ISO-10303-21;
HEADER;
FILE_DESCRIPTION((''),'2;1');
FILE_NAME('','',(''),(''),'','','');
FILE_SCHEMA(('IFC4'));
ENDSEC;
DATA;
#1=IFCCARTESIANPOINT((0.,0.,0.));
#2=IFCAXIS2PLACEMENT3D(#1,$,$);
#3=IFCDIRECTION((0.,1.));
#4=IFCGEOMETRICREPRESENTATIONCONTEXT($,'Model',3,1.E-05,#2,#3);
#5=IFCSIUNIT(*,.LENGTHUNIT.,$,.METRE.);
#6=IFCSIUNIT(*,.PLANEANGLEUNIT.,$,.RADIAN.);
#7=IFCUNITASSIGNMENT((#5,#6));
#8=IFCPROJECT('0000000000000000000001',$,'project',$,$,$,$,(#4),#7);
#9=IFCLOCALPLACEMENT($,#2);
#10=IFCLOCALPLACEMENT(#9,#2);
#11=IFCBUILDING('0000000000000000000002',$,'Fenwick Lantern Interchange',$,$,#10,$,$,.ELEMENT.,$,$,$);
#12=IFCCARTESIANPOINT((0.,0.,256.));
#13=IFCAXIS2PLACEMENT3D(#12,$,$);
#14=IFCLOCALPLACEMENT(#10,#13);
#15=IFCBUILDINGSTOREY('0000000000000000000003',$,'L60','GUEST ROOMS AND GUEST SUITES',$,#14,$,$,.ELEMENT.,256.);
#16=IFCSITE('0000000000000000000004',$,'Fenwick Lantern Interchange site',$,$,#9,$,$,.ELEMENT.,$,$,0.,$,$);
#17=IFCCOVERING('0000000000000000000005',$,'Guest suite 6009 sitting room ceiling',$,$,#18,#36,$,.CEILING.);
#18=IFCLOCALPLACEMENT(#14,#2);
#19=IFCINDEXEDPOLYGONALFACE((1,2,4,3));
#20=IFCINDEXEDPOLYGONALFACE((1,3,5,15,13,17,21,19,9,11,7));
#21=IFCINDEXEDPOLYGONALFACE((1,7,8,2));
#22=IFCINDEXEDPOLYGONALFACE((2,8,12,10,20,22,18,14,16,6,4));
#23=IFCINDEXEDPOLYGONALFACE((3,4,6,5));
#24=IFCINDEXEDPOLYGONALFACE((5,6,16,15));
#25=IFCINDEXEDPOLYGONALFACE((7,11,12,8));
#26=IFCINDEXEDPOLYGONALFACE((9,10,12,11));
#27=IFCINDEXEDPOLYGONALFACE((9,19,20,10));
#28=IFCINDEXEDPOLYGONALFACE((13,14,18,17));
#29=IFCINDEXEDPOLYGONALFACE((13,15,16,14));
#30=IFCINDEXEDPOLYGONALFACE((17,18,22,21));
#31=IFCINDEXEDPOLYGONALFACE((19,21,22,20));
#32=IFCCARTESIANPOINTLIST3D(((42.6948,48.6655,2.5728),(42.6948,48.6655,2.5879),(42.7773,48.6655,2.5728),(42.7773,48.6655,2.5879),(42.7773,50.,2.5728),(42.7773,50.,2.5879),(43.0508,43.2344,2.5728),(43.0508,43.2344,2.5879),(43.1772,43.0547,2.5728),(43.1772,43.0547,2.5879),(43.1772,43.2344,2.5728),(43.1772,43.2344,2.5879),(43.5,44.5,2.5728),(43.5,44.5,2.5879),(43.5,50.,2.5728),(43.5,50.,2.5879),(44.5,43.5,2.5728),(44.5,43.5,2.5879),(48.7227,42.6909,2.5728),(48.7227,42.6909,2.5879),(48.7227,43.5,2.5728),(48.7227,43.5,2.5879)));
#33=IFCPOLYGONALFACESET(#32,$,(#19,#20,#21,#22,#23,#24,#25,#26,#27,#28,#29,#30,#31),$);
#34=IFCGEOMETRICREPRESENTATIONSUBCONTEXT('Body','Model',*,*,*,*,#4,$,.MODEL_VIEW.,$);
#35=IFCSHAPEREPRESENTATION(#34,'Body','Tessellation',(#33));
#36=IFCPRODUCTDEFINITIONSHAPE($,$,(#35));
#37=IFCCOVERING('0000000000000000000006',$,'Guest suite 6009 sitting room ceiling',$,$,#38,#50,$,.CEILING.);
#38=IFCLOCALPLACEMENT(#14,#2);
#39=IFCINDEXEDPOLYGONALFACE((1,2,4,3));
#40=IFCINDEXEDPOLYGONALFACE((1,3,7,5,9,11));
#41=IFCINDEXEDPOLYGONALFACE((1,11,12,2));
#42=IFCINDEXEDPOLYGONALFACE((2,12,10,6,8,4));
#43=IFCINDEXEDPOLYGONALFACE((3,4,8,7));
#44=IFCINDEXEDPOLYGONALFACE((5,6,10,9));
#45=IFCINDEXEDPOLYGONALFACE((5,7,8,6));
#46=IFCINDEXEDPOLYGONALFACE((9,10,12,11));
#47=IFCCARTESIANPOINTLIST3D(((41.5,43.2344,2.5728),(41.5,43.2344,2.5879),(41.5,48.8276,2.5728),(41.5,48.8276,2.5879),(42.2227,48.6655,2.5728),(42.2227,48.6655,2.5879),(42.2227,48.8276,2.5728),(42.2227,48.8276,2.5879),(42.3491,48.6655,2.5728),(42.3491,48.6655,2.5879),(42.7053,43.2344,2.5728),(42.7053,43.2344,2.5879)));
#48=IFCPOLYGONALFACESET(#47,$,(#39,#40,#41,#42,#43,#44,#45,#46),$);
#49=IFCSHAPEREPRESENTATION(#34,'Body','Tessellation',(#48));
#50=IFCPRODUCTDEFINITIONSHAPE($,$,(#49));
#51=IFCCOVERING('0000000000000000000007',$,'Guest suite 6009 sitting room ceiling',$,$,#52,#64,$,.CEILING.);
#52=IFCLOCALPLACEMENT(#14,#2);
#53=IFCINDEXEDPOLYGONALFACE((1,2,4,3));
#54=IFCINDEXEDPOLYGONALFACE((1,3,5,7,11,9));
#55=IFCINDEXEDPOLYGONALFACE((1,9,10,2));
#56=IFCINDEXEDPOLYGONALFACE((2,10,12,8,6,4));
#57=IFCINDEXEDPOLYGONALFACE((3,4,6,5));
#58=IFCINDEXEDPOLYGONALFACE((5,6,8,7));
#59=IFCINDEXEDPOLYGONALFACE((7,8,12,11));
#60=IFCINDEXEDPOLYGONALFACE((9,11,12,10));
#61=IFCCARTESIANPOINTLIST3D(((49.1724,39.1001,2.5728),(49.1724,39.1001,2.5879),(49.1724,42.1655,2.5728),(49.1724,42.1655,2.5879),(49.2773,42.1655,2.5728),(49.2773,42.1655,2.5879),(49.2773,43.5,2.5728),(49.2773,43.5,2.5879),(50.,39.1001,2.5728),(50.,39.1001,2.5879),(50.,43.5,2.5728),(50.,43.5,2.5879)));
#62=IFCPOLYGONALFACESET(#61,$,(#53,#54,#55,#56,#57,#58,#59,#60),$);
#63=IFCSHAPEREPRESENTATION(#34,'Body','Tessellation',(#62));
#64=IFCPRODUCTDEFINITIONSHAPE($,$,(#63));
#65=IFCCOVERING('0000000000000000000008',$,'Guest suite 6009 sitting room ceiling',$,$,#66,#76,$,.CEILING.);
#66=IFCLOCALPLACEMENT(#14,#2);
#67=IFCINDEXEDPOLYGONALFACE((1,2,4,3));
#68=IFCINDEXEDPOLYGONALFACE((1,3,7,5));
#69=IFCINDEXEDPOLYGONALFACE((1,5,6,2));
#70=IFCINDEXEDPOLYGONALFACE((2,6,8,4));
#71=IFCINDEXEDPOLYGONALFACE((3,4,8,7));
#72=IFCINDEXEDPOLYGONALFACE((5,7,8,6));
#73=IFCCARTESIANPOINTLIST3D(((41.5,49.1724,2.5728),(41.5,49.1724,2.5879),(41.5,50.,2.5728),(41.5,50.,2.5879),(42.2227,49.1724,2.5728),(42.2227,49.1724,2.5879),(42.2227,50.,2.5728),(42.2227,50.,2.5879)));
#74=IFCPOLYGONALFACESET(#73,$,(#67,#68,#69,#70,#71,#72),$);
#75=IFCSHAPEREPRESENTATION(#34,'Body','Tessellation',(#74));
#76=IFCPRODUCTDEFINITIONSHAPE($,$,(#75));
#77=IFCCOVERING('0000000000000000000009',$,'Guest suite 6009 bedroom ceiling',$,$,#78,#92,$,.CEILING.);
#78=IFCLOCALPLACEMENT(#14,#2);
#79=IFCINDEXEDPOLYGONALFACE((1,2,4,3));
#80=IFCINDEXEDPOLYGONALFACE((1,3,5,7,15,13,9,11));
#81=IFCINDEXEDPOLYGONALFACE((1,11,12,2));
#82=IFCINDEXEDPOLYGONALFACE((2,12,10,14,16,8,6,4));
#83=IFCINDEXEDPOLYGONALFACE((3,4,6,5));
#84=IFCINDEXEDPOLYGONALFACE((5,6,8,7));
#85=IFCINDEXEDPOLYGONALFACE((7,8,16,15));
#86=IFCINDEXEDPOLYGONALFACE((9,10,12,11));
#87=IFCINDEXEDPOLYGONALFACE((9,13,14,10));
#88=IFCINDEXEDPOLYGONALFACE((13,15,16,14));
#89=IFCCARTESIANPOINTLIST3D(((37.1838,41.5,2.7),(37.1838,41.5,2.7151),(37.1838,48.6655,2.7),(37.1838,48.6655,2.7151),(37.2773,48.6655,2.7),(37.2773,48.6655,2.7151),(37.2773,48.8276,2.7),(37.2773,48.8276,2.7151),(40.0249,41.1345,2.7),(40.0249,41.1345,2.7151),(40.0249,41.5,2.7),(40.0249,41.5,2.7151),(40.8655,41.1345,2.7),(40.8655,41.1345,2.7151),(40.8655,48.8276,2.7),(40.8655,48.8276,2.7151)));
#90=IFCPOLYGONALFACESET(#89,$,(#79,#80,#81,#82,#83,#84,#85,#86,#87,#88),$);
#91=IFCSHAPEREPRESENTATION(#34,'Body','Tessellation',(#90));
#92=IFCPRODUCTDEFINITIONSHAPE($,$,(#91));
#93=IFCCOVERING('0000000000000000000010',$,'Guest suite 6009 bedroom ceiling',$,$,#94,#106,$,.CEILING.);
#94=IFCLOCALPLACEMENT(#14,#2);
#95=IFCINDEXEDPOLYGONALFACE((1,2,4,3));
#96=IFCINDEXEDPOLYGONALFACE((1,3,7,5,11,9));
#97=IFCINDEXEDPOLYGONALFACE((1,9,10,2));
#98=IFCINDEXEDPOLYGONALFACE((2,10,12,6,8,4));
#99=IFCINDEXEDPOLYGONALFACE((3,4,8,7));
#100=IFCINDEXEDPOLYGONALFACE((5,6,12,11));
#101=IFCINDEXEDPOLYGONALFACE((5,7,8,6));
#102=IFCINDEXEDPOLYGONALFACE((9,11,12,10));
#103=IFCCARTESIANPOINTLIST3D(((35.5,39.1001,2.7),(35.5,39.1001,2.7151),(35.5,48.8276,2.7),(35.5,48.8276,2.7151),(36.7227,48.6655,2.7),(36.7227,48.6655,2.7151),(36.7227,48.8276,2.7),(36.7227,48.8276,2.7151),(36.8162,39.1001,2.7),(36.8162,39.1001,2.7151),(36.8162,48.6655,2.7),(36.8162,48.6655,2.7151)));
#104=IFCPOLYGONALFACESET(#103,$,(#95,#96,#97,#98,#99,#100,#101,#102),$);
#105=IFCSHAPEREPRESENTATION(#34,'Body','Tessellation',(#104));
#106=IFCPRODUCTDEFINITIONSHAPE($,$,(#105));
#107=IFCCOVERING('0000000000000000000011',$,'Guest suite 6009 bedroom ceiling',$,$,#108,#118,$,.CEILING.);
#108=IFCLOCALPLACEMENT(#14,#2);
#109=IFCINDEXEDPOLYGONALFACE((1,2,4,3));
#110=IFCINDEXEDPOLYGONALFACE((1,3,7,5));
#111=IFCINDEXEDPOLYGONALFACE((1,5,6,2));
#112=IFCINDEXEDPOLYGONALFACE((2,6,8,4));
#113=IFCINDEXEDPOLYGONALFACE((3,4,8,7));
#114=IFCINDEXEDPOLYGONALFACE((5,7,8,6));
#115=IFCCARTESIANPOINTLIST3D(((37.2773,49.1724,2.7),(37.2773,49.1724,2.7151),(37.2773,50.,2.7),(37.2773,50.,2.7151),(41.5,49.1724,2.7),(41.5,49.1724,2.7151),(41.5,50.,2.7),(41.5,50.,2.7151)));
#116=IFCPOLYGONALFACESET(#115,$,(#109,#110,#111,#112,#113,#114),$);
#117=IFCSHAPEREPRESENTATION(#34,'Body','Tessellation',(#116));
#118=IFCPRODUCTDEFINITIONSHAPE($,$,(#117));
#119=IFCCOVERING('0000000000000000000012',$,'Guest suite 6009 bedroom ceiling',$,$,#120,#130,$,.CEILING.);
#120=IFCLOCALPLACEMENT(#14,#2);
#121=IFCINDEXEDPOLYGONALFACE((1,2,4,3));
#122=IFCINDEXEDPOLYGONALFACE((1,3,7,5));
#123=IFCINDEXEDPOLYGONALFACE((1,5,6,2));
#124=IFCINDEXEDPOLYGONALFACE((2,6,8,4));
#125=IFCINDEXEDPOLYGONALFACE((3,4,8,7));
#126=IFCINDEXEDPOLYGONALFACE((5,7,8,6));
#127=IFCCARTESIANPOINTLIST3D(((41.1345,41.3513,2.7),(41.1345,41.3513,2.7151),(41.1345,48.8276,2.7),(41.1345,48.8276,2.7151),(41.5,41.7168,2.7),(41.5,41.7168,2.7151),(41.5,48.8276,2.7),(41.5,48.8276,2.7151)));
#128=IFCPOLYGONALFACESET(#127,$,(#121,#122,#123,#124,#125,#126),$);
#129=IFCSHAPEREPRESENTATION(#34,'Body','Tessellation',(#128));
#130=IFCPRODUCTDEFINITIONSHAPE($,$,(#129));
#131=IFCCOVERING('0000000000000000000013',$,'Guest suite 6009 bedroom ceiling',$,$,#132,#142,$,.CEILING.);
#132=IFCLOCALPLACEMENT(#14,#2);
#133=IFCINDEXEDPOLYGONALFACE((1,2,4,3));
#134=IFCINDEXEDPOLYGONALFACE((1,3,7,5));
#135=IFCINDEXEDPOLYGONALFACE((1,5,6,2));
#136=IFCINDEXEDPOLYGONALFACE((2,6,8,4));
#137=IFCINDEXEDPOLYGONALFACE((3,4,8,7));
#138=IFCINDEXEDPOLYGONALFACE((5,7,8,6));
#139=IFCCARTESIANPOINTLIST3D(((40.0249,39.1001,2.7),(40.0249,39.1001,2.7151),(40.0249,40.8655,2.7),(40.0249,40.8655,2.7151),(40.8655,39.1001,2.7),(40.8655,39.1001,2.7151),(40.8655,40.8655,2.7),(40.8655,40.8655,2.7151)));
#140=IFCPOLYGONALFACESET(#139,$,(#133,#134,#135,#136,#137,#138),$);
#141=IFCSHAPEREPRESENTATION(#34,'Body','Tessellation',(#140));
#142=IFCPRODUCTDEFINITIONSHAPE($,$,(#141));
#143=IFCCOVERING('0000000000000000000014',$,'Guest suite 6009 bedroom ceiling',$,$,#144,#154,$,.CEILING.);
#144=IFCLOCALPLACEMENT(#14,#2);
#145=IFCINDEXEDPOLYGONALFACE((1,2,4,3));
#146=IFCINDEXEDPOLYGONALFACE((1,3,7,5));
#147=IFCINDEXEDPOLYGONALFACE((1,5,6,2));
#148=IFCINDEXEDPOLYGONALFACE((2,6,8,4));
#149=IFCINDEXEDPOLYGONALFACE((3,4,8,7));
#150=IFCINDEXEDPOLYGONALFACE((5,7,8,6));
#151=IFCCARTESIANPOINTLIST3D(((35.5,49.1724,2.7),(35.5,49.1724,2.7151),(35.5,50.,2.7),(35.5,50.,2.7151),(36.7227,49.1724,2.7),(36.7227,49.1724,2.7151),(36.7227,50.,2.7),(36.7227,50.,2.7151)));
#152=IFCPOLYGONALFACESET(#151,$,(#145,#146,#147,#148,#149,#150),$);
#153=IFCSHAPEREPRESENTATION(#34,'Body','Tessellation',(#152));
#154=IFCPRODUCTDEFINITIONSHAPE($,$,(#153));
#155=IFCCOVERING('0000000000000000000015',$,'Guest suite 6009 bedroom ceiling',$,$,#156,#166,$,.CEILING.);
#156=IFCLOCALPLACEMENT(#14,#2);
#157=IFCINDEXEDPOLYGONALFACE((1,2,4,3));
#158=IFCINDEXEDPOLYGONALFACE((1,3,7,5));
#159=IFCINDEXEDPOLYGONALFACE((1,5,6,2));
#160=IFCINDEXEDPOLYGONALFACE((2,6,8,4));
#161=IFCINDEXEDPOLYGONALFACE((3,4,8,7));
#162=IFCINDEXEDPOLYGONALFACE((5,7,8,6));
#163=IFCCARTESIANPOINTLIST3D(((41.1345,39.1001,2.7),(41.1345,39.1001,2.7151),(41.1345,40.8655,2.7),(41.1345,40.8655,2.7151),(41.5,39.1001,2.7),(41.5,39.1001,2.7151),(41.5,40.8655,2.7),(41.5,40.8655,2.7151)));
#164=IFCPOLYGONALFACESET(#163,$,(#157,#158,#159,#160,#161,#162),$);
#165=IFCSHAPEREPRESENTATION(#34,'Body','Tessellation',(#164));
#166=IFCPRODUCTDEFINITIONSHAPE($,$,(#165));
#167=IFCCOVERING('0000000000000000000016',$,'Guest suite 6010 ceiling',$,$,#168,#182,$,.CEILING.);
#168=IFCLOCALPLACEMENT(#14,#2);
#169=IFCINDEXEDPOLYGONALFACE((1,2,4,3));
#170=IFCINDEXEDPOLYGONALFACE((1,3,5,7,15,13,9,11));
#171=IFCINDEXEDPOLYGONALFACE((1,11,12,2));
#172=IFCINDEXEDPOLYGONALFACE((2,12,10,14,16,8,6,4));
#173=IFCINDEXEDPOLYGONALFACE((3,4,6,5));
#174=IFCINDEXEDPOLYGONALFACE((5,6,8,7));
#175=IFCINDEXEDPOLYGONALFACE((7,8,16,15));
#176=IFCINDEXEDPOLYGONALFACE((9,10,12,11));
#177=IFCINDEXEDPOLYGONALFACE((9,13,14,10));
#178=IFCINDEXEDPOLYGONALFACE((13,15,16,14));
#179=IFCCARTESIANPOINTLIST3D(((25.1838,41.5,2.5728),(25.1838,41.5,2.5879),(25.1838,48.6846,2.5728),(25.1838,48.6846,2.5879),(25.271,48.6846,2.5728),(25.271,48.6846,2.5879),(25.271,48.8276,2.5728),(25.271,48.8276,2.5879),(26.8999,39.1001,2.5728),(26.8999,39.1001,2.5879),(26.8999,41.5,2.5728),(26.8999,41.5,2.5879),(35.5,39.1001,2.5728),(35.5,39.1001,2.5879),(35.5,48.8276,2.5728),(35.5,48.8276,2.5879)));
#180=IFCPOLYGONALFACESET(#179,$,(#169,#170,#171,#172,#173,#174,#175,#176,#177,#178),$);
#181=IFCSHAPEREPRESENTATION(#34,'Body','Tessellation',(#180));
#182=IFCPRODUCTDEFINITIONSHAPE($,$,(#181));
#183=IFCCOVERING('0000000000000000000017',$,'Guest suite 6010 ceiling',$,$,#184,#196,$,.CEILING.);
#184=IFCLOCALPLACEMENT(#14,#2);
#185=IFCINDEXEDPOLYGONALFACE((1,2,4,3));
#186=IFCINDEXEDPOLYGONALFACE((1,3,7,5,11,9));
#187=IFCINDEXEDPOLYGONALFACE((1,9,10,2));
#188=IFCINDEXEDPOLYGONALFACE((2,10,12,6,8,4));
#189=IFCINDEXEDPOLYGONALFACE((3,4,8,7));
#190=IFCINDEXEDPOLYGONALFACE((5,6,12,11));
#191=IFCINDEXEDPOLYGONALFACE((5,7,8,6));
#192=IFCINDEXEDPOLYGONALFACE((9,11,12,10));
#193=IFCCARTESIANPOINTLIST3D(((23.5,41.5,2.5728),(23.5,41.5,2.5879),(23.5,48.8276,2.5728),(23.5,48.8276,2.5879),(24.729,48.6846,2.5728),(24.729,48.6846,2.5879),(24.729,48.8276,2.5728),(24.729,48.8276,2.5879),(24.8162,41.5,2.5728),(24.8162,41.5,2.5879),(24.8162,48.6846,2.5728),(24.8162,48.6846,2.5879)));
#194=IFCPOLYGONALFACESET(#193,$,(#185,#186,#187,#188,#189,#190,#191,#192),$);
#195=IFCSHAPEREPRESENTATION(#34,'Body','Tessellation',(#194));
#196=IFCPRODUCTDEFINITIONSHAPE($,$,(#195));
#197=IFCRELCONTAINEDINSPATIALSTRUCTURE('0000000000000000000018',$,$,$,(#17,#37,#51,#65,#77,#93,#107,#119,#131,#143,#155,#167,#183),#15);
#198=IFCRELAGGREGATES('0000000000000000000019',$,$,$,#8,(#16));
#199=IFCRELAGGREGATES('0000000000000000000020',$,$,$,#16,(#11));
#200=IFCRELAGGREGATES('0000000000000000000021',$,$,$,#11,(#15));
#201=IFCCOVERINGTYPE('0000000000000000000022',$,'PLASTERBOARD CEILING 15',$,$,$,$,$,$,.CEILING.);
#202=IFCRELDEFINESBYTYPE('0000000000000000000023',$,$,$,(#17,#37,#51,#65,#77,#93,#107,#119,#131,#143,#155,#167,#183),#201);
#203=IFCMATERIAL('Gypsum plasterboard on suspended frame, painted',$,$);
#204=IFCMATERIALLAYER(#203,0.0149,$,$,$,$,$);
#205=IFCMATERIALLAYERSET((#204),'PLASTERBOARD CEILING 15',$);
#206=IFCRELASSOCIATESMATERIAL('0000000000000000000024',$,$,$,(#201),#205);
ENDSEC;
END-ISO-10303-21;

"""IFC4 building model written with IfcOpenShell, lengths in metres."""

from ifc_helpers import new_model, si_unit, direction, frame, origin, place, context, subcontext, project, spatial, polyline, outline, extrude, material, layer, layer_set, type_object, element, save


model = new_model("IFC4")

# Units and contexts
model_context = context("Model", 3, precision=1e-05, world=origin(), true_north=direction((0.0, 1.0)))
body_context = subcontext(model_context, "Body", "Model", "MODEL_VIEW")
ifc_project = project(units=[si_unit("LENGTHUNIT", "METRE"), si_unit("PLANEANGLEUNIT", "RADIAN")], contexts=[model_context])

# Site, building, storey
site_placement = place(None, origin())
site = spatial("IfcSite", under=ifc_project, at=site_placement, Name="Fenwick Lantern Interchange site", CompositionType="ELEMENT", RefElevation=0.0)
building_placement = place(site_placement, origin())
building = spatial("IfcBuilding", under=site, at=building_placement, Name="Fenwick Lantern Interchange", CompositionType="ELEMENT")
storey_placement = place(building_placement, frame((0.0, 0.0, 256.0)))
storey = spatial("IfcBuildingStorey", under=building, at=storey_placement, Name="L60", Description="GUEST ROOMS AND GUEST SUITES", CompositionType="ELEMENT", Elevation=256.0)

# Coverings
ifc_material_1 = material(Name="Gypsum plasterboard on suspended frame, painted")
ifc_layer_1 = layer(ifc_material_1, 0.0149)
ifc_layer_set_1 = layer_set([ifc_layer_1], Name="PLASTERBOARD CEILING 15")
covering_type_1 = type_object("IfcCoveringType", Name="PLASTERBOARD CEILING 15", PredefinedType="CEILING", material=ifc_layer_set_1)
covering_1_placement = place(storey_placement, frame((0.0, 0.0, 2.5728)))
element("IfcCovering", 1, at=covering_1_placement, inside=storey, type_object=covering_type_1, Name="Guest suite 6009 sitting room ceiling", PredefinedType="CEILING", context=body_context, shape_type="SweptSolid", body=[
    extrude(outline(polyline([(43.1772, 43.2344), (43.1772, 43.0547), (48.7227, 42.6909), (48.7227, 43.5), (44.5, 43.5), (43.5, 44.5), (43.5, 50.0), (42.7773, 50.0), (42.7773, 48.6655), (42.6948, 48.6655), (43.0508, 43.2344), (43.1772, 43.2344)])), origin(), (0.0, 0.0, 1.0), 0.0151),
])
covering_2_placement = place(storey_placement, frame((0.0, 0.0, 2.5728)))
element("IfcCovering", 2, at=covering_2_placement, inside=storey, type_object=covering_type_1, Name="Guest suite 6009 sitting room ceiling", PredefinedType="CEILING", context=body_context, shape_type="SweptSolid", body=[
    extrude(outline(polyline([(41.5, 43.2344), (42.7053, 43.2344), (42.3491, 48.6655), (42.2227, 48.6655), (42.2227, 48.8276), (41.5, 48.8276), (41.5, 43.2344)])), origin(), (0.0, 0.0, 1.0), 0.0151),
])
covering_3_placement = place(storey_placement, frame((0.0, 0.0, 2.5728)))
element("IfcCovering", 3, at=covering_3_placement, inside=storey, type_object=covering_type_1, Name="Guest suite 6009 sitting room ceiling", PredefinedType="CEILING", context=body_context, shape_type="SweptSolid", body=[
    extrude(outline(polyline([(49.2773, 42.1655), (49.1724, 42.1655), (49.1724, 39.1001), (50.0, 39.1001), (50.0, 43.5), (49.2773, 43.5), (49.2773, 42.1655)])), origin(), (0.0, 0.0, 1.0), 0.0151),
])
covering_4_placement = place(storey_placement, frame((0.0, 0.0, 2.5728)))
element("IfcCovering", 4, at=covering_4_placement, inside=storey, type_object=covering_type_1, Name="Guest suite 6009 sitting room ceiling", PredefinedType="CEILING", context=body_context, shape_type="SweptSolid", body=[
    extrude(outline(polyline([(41.5, 50.0), (41.5, 49.1724), (42.2227, 49.1724), (42.2227, 50.0), (41.5, 50.0)])), origin(), (0.0, 0.0, 1.0), 0.0151),
])
covering_5_placement = place(storey_placement, frame((0.0, 0.0, 2.7)))
element("IfcCovering", 5, at=covering_5_placement, inside=storey, type_object=covering_type_1, Name="Guest suite 6009 bedroom ceiling", PredefinedType="CEILING", context=body_context, shape_type="SweptSolid", body=[
    extrude(outline(polyline([(37.2773, 48.6655), (37.1838, 48.6655), (37.1838, 41.5), (40.0249, 41.5), (40.0249, 41.1345), (40.8655, 41.1345), (40.8655, 48.8276), (37.2773, 48.8276), (37.2773, 48.6655)])), origin(), (0.0, 0.0, 1.0), 0.0151),
])
covering_6_placement = place(storey_placement, frame((0.0, 0.0, 2.7)))
element("IfcCovering", 6, at=covering_6_placement, inside=storey, type_object=covering_type_1, Name="Guest suite 6009 bedroom ceiling", PredefinedType="CEILING", context=body_context, shape_type="SweptSolid", body=[
    extrude(outline(polyline([(36.7227, 48.6655), (36.7227, 48.8276), (35.5, 48.8276), (35.5, 39.1001), (36.8162, 39.1001), (36.8162, 48.6655), (36.7227, 48.6655)])), origin(), (0.0, 0.0, 1.0), 0.0151),
])
covering_7_placement = place(storey_placement, frame((0.0, 0.0, 2.7)))
element("IfcCovering", 7, at=covering_7_placement, inside=storey, type_object=covering_type_1, Name="Guest suite 6009 bedroom ceiling", PredefinedType="CEILING", context=body_context, shape_type="SweptSolid", body=[
    extrude(outline(polyline([(37.2773, 50.0), (37.2773, 49.1724), (41.5, 49.1724), (41.5, 50.0), (37.2773, 50.0)])), origin(), (0.0, 0.0, 1.0), 0.0151),
])
covering_8_placement = place(storey_placement, frame((0.0, 0.0, 2.7)))
element("IfcCovering", 8, at=covering_8_placement, inside=storey, type_object=covering_type_1, Name="Guest suite 6009 bedroom ceiling", PredefinedType="CEILING", context=body_context, shape_type="SweptSolid", body=[
    extrude(outline(polyline([(41.5, 41.7168), (41.5, 48.8276), (41.1345, 48.8276), (41.1345, 41.3513), (41.5, 41.7168)])), origin(), (0.0, 0.0, 1.0), 0.0151),
])
covering_9_placement = place(storey_placement, frame((0.0, 0.0, 2.7)))
element("IfcCovering", 9, at=covering_9_placement, inside=storey, type_object=covering_type_1, Name="Guest suite 6009 bedroom ceiling", PredefinedType="CEILING", context=body_context, shape_type="SweptSolid", body=[
    extrude(outline(polyline([(40.0249, 39.1001), (40.8655, 39.1001), (40.8655, 40.8655), (40.0249, 40.8655), (40.0249, 39.1001)])), origin(), (0.0, 0.0, 1.0), 0.0151),
])
covering_10_placement = place(storey_placement, frame((0.0, 0.0, 2.7)))
element("IfcCovering", 10, at=covering_10_placement, inside=storey, type_object=covering_type_1, Name="Guest suite 6009 bedroom ceiling", PredefinedType="CEILING", context=body_context, shape_type="SweptSolid", body=[
    extrude(outline(polyline([(36.7227, 50.0), (35.5, 50.0), (35.5, 49.1724), (36.7227, 49.1724), (36.7227, 50.0)])), origin(), (0.0, 0.0, 1.0), 0.0151),
])
covering_11_placement = place(storey_placement, frame((0.0, 0.0, 2.7)))
element("IfcCovering", 11, at=covering_11_placement, inside=storey, type_object=covering_type_1, Name="Guest suite 6009 bedroom ceiling", PredefinedType="CEILING", context=body_context, shape_type="SweptSolid", body=[
    extrude(outline(polyline([(41.5, 39.1001), (41.5, 40.8655), (41.1345, 40.8655), (41.1345, 39.1001), (41.5, 39.1001)])), origin(), (0.0, 0.0, 1.0), 0.0151),
])
covering_12_placement = place(storey_placement, frame((0.0, 0.0, 2.5728)))
element("IfcCovering", 12, at=covering_12_placement, inside=storey, type_object=covering_type_1, Name="Guest suite 6010 ceiling", PredefinedType="CEILING", context=body_context, shape_type="SweptSolid", body=[
    extrude(outline(polyline([(25.271, 48.6846), (25.1838, 48.6846), (25.1838, 41.5), (26.8999, 41.5), (26.8999, 39.1001), (35.5, 39.1001), (35.5, 48.8276), (25.271, 48.8276), (25.271, 48.6846)])), origin(), (0.0, 0.0, 1.0), 0.0151),
])
covering_13_placement = place(storey_placement, frame((0.0, 0.0, 2.5728)))
element("IfcCovering", 13, at=covering_13_placement, inside=storey, type_object=covering_type_1, Name="Guest suite 6010 ceiling", PredefinedType="CEILING", context=body_context, shape_type="SweptSolid", body=[
    extrude(outline(polyline([(24.729, 48.6846), (24.729, 48.8276), (23.5, 48.8276), (23.5, 41.5), (24.8162, 41.5), (24.8162, 48.6846), (24.729, 48.6846)])), origin(), (0.0, 0.0, 1.0), 0.0151),
])

save(model, "model.ifc")
